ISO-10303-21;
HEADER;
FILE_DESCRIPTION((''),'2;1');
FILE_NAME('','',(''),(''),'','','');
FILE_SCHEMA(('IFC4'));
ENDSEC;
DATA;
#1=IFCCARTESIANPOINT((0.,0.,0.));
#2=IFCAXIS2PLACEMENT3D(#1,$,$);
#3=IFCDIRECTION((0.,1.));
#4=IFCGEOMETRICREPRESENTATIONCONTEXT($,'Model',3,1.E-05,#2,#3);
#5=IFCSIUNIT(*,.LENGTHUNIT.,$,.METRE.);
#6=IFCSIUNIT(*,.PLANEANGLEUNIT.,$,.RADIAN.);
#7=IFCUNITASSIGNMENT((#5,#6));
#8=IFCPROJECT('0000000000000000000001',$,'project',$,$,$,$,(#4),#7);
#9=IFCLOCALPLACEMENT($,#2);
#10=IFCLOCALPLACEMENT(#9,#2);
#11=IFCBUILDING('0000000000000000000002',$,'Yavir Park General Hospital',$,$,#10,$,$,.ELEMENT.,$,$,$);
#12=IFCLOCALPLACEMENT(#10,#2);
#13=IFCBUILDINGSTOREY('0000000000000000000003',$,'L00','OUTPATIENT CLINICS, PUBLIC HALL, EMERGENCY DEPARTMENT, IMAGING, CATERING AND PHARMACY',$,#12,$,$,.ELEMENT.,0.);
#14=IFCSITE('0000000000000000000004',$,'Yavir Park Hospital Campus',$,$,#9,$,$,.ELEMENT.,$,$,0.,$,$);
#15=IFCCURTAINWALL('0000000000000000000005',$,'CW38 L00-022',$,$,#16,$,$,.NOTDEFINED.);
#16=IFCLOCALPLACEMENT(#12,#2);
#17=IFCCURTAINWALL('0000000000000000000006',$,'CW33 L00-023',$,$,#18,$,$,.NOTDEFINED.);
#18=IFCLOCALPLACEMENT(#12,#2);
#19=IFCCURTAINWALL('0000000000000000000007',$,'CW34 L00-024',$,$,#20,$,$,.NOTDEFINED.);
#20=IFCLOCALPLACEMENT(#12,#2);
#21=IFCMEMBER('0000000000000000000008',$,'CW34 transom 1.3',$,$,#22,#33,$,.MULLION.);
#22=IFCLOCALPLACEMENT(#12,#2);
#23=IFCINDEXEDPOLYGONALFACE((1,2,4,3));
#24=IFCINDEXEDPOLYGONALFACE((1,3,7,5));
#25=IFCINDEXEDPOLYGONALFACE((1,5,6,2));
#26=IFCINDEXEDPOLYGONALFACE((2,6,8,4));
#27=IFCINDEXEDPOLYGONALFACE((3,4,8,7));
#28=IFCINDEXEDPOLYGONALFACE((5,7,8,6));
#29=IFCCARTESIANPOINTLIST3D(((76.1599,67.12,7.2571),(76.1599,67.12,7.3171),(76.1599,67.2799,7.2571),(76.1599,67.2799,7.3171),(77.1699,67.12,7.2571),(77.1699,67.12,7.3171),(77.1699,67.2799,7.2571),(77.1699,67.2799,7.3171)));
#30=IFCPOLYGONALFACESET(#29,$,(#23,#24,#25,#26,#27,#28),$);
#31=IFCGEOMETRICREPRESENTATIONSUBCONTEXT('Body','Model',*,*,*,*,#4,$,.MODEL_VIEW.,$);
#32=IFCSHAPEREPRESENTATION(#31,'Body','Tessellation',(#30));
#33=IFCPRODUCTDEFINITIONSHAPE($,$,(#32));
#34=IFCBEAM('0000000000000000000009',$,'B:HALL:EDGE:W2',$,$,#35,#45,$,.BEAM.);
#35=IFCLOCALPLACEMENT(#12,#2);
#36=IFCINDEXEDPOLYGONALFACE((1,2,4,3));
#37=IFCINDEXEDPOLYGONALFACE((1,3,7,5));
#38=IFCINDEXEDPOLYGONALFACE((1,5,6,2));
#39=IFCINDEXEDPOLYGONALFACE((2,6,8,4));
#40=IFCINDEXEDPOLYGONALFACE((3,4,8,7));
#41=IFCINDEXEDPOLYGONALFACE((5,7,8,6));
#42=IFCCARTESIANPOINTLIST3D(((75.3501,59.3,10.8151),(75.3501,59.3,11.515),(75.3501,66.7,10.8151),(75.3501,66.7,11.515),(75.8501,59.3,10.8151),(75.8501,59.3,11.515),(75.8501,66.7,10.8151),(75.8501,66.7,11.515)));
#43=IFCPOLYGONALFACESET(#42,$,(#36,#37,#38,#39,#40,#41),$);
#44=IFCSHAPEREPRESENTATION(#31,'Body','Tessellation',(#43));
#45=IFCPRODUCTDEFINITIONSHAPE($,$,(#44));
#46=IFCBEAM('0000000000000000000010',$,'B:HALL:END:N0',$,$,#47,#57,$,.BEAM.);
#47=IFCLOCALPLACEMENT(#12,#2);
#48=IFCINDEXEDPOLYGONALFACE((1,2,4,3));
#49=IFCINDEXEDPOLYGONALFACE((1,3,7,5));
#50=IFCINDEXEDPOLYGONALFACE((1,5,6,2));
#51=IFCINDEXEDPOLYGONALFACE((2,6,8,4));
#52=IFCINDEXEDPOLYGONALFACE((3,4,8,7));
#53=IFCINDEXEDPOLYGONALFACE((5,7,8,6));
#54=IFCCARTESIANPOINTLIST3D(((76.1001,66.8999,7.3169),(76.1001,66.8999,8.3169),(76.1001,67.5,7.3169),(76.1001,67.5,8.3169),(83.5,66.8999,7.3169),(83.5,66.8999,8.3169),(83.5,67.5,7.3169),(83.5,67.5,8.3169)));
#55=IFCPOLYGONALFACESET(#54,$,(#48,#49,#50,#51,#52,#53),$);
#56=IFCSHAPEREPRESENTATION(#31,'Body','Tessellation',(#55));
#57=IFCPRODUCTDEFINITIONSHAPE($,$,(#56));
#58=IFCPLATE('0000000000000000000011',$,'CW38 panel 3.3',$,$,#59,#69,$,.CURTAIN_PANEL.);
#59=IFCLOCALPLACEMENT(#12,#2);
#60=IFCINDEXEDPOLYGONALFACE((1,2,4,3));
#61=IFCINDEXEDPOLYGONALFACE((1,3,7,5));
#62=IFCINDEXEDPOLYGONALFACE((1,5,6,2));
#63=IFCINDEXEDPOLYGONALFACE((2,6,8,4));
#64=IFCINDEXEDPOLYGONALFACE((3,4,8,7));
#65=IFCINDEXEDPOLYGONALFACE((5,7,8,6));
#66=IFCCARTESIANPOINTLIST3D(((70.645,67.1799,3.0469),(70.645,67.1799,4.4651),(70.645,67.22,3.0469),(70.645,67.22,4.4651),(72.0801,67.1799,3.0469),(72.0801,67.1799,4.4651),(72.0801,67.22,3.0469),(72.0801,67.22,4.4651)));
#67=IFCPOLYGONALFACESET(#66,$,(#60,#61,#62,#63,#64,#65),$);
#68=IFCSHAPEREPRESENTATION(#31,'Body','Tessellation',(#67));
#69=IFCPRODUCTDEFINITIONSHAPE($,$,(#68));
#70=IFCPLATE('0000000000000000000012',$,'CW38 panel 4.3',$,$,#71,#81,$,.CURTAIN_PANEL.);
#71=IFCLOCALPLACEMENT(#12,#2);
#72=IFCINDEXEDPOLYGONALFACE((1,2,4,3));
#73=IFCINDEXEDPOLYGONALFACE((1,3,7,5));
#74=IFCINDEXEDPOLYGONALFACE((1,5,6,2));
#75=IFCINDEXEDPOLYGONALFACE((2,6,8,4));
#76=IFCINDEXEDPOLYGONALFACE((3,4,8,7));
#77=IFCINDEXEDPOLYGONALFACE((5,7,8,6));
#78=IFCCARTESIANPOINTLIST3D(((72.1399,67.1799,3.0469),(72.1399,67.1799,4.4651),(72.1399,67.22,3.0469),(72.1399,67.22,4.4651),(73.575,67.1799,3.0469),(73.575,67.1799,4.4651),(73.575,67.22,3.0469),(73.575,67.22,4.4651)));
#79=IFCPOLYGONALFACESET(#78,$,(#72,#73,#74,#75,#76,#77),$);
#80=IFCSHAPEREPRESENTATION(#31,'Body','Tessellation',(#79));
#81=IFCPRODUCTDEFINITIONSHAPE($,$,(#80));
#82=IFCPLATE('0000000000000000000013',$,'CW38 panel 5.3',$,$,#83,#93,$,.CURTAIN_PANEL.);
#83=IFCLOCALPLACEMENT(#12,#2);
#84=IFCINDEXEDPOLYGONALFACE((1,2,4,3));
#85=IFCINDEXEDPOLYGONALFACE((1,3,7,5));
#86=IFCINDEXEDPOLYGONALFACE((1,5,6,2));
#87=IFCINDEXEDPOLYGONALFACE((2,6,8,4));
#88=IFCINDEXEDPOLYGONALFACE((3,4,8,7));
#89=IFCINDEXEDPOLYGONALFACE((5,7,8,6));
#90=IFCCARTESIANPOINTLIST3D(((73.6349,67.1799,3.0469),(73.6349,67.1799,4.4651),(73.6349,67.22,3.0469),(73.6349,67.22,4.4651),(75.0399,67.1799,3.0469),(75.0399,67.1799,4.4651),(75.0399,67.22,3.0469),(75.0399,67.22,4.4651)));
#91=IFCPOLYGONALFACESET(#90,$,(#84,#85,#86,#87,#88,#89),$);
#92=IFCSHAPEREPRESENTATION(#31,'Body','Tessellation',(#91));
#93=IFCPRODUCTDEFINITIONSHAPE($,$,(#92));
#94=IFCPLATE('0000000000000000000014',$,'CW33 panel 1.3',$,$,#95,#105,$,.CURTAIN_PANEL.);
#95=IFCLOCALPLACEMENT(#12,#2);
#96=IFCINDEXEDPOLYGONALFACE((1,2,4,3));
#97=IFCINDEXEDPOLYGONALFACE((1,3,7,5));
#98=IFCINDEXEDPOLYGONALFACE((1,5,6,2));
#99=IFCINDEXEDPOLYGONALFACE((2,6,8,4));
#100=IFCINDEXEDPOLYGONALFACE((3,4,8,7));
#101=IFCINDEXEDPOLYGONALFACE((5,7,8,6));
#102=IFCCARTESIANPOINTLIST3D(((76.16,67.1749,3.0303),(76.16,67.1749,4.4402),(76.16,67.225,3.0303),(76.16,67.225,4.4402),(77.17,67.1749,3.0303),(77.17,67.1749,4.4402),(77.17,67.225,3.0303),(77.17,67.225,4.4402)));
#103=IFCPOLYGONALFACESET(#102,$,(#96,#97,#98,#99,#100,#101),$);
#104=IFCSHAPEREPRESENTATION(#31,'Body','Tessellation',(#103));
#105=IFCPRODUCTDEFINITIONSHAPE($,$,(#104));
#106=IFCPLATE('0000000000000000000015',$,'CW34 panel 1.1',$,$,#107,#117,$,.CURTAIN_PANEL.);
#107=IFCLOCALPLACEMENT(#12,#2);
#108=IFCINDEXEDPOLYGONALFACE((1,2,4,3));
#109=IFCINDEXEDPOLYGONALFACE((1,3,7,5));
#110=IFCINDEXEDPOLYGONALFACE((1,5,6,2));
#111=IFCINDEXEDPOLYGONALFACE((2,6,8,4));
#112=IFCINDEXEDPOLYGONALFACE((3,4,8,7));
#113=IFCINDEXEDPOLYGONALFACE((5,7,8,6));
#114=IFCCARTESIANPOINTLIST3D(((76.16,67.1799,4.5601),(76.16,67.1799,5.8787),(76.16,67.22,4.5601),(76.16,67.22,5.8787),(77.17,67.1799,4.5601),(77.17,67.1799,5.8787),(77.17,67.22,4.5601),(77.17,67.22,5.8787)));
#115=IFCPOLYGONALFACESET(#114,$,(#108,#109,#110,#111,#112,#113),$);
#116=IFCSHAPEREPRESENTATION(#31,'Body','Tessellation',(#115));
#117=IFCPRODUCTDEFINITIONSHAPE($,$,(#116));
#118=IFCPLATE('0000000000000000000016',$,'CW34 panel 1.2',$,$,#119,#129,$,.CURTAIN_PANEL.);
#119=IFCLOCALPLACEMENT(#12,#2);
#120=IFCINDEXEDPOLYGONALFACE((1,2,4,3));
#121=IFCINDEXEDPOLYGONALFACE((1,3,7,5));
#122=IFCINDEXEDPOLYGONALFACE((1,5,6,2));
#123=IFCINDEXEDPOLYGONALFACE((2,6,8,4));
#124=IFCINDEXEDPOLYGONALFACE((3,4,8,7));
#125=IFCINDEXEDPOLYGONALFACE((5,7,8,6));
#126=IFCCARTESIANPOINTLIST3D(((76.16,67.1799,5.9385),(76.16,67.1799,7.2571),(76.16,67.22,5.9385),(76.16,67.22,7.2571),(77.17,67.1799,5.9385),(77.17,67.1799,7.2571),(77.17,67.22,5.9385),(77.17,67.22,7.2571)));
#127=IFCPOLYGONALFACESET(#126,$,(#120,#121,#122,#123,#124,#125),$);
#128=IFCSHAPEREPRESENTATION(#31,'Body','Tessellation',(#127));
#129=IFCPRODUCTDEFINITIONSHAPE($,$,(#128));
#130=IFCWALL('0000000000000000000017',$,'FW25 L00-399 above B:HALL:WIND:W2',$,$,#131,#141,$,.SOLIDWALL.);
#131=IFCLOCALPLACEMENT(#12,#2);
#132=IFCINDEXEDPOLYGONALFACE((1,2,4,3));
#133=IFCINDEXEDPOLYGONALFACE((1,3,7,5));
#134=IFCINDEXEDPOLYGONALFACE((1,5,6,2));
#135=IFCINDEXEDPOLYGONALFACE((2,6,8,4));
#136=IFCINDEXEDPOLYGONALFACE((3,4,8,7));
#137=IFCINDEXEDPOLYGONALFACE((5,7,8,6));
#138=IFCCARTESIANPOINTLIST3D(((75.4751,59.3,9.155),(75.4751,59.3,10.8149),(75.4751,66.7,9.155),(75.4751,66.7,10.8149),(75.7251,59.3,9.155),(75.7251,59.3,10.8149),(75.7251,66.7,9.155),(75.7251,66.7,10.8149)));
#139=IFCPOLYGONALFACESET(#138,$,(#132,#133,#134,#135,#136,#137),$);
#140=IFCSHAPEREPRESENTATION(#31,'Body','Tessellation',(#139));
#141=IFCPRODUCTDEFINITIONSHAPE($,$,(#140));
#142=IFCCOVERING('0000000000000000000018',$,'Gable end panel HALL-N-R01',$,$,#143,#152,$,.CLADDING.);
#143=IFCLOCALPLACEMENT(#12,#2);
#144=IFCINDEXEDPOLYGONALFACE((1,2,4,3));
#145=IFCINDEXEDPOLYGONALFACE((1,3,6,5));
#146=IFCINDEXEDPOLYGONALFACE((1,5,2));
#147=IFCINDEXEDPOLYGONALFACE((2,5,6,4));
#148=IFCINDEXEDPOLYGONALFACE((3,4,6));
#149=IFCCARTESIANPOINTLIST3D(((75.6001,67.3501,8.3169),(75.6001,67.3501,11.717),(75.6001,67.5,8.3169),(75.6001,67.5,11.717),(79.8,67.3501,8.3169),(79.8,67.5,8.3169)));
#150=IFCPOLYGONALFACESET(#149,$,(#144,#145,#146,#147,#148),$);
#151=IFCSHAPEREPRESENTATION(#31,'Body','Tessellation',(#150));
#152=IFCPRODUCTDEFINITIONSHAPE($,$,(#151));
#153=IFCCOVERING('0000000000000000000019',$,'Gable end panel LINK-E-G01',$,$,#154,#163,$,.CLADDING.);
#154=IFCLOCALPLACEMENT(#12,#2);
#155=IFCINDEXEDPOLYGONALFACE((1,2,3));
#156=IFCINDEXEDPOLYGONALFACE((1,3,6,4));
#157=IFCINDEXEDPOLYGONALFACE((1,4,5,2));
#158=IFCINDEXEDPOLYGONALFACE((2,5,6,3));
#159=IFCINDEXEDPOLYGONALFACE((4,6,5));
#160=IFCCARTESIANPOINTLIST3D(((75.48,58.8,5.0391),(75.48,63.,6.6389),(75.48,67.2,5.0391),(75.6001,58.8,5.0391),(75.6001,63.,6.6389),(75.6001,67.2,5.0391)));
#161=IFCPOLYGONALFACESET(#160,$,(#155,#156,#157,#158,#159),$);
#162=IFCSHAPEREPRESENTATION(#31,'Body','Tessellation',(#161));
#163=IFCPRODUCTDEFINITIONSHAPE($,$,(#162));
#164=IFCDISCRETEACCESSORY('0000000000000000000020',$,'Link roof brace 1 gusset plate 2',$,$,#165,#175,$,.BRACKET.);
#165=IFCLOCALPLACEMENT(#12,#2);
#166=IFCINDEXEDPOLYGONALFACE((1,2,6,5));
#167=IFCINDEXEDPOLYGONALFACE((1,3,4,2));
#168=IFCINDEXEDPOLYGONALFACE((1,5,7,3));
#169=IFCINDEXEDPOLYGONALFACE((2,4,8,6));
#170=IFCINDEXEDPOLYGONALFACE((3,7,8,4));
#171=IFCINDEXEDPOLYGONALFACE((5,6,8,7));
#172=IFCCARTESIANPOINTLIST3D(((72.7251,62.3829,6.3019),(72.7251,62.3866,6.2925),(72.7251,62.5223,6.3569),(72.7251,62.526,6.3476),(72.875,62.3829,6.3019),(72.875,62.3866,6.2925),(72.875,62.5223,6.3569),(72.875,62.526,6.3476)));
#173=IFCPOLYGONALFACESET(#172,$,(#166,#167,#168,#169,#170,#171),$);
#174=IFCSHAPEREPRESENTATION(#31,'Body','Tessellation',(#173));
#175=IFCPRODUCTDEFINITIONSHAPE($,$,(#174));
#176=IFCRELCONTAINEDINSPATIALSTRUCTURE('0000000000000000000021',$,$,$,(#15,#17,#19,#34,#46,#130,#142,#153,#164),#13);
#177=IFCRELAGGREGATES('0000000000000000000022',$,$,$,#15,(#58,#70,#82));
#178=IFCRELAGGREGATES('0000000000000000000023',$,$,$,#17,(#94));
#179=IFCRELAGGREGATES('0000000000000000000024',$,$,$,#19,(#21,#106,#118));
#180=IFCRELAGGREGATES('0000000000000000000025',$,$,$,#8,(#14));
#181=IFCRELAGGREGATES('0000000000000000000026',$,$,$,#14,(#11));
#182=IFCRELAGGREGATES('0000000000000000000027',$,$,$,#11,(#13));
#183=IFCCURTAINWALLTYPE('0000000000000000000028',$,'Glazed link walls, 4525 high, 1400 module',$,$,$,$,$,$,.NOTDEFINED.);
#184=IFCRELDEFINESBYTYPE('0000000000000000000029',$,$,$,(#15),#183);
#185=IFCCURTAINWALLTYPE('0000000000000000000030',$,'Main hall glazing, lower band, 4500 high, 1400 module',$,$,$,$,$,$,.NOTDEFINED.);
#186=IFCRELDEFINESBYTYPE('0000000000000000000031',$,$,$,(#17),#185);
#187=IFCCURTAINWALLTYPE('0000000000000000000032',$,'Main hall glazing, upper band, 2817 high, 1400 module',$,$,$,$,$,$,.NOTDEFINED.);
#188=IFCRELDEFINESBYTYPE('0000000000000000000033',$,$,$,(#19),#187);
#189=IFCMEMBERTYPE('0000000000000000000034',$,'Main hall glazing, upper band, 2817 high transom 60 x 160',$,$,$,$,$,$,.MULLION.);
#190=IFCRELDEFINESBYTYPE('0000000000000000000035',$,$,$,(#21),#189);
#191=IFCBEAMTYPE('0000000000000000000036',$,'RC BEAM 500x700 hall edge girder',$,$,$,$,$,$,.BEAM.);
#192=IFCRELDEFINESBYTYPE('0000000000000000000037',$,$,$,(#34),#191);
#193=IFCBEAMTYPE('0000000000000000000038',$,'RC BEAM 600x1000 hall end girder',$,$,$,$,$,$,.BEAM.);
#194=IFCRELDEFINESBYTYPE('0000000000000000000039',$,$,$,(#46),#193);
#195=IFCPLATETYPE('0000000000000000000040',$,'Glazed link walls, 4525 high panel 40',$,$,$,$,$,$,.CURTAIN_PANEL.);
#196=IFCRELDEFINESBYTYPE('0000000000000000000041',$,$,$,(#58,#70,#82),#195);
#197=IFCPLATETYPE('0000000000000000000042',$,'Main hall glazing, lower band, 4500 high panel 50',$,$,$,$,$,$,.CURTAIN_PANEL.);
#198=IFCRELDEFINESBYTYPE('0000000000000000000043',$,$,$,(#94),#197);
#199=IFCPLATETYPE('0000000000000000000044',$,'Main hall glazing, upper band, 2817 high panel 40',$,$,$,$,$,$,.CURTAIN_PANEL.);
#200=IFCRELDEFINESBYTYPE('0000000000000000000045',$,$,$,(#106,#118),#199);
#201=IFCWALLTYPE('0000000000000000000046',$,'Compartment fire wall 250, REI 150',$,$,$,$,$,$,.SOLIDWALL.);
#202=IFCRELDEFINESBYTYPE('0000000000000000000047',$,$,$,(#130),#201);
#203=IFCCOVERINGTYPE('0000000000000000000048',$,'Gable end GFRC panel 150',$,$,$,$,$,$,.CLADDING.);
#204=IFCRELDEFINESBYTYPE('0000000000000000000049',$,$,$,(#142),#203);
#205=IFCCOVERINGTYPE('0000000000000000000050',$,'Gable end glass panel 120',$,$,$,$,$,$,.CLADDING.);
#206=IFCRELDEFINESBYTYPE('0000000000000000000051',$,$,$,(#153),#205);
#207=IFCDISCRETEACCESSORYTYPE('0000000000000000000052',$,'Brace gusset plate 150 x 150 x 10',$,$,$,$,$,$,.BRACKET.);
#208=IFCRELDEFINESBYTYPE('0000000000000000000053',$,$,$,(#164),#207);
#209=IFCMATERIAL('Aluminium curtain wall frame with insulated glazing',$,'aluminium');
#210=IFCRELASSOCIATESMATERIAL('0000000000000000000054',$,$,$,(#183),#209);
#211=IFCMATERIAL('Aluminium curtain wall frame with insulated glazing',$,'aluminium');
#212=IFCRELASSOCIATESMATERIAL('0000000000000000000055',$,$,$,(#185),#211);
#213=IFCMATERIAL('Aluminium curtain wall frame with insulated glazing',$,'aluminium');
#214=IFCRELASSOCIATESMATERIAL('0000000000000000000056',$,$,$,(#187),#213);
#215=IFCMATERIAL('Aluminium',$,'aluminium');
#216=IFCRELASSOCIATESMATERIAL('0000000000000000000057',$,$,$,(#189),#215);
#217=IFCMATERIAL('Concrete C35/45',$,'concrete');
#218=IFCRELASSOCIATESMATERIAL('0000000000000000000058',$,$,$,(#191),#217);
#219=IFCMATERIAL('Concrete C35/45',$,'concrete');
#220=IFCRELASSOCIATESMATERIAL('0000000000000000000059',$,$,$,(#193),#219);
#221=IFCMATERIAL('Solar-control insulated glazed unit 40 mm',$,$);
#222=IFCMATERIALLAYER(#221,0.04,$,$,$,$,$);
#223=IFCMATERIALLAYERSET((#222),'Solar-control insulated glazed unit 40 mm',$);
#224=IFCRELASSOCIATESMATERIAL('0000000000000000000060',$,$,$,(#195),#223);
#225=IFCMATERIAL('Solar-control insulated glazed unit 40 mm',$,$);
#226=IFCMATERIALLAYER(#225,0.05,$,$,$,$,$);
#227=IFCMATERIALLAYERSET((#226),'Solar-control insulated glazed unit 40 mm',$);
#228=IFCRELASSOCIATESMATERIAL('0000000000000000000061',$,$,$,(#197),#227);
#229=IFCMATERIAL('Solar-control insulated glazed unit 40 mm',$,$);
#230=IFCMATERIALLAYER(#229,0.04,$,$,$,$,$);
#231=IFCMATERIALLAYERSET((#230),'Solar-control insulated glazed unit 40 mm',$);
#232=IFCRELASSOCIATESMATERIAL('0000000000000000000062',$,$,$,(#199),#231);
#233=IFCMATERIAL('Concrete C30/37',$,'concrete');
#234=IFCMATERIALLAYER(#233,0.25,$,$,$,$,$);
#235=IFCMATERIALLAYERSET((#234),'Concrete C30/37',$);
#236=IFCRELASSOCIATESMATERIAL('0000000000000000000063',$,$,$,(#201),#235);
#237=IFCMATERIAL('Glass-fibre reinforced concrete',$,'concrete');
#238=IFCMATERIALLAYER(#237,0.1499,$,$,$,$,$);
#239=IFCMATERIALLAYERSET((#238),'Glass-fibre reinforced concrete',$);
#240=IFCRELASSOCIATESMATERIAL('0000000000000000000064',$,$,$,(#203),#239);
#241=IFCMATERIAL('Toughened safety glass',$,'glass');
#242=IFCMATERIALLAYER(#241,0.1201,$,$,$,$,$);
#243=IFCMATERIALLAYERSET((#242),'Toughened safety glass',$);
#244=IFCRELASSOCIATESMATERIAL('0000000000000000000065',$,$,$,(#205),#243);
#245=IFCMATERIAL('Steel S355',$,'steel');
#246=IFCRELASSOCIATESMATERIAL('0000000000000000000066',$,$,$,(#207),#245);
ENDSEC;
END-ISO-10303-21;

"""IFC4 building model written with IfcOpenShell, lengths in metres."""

from ifc_helpers import new_model, si_unit, direction, frame, frame_2d, origin, origin_2d, place, context, subcontext, project, spatial, polyline, rectangle, outline, extrude, material, layer, layer_set, material_profile, profile_set, type_object, element, aggregate, save


model = new_model("IFC4")

# Units and contexts
model_context = context("Model", 3, precision=1e-05, world=origin(), true_north=direction((0.0, 1.0)))
body_context = subcontext(model_context, "Body", "Model", "MODEL_VIEW")
ifc_project = project(units=[si_unit("LENGTHUNIT", "METRE"), si_unit("PLANEANGLEUNIT", "RADIAN")], contexts=[model_context])

# Site, building, storey
site_placement = place(None, origin())
site = spatial("IfcSite", under=ifc_project, at=site_placement, Name="Yavir Park Hospital Campus", CompositionType="ELEMENT", RefElevation=0.0)
building_placement = place(site_placement, origin())
building = spatial("IfcBuilding", under=site, at=building_placement, Name="Yavir Park General Hospital", CompositionType="ELEMENT")
storey_placement = place(building_placement, origin())
storey = spatial("IfcBuildingStorey", under=building, at=storey_placement, Name="L00", Description="OUTPATIENT CLINICS, PUBLIC HALL, EMERGENCY DEPARTMENT, IMAGING, CATERING AND PHARMACY", CompositionType="ELEMENT", Elevation=0.0)

# Shared definitions
ifc_material_1 = material(Name="Aluminium curtain wall frame with insulated glazing", Category="aluminium")
curtain_wall_type_1 = type_object("IfcCurtainWallType", Name="Glazed link walls, 4525 high, 1400 module", PredefinedType="NOTDEFINED", material=ifc_material_1)

# Curtain wall
curtain_wall_1_placement = place(storey_placement, origin())
curtain_wall_1 = element("IfcCurtainWall", 1, at=curtain_wall_1_placement, inside=storey, type_object=curtain_wall_type_1, Name="CW38 L00-022", PredefinedType="NOTDEFINED")

# Curtain walls, member
ifc_material_2 = material(Name="Aluminium curtain wall frame with insulated glazing", Category="aluminium")
curtain_wall_type_2 = type_object("IfcCurtainWallType", Name="Main hall glazing, lower band, 4500 high, 1400 module", PredefinedType="NOTDEFINED", material=ifc_material_2)
curtain_wall_2_placement = place(storey_placement, origin())
curtain_wall_2 = element("IfcCurtainWall", 2, at=curtain_wall_2_placement, inside=storey, type_object=curtain_wall_type_2, Name="CW33 L00-023", PredefinedType="NOTDEFINED")
ifc_material_3 = material(Name="Aluminium curtain wall frame with insulated glazing", Category="aluminium")
curtain_wall_type_3 = type_object("IfcCurtainWallType", Name="Main hall glazing, upper band, 2817 high, 1400 module", PredefinedType="NOTDEFINED", material=ifc_material_3)
curtain_wall_3_placement = place(storey_placement, origin())
curtain_wall_3 = element("IfcCurtainWall", 3, at=curtain_wall_3_placement, inside=storey, type_object=curtain_wall_type_3, Name="CW34 L00-024", PredefinedType="NOTDEFINED")
ifc_material_4 = material(Name="Aluminium", Category="aluminium")
ifc_material_profile_1 = material_profile(ifc_material_4, rectangle(XDim=0.1599, YDim=0.0601, at=origin_2d()), Name="AL 160x60")
ifc_profile_set_1 = profile_set([ifc_material_profile_1], Name="Aluminium")
member_type_1 = type_object("IfcMemberType", Name="Main hall glazing, upper band, 2817 high transom 60 x 160", PredefinedType="MULLION", material=ifc_profile_set_1)
member_1_placement = place(storey_placement, frame((76.1599, 67.2, 7.2871), z_axis=(1.0, 0.0, 0.0), x_axis=(0.0, 1.0, 0.0)))
member_1 = element("IfcMember", 4, at=member_1_placement, type_object=member_type_1, Name="CW34 transom 1.3", PredefinedType="MULLION", context=body_context, shape_type="SweptSolid", body=[
    extrude(rectangle(XDim=0.1599, YDim=0.0601, at=origin_2d()), origin(), (0.0, 0.0, 1.0), 1.01),
])

# Beams
ifc_material_5 = material(Name="Concrete C35/45", Category="concrete")
ifc_material_profile_2 = material_profile(ifc_material_5, rectangle(XDim=0.5, YDim=0.7, at=origin_2d()), Name="RC500x700")
ifc_profile_set_2 = profile_set([ifc_material_profile_2], Name="Concrete C35/45")
beam_type_1 = type_object("IfcBeamType", Name="RC BEAM 500x700 hall edge girder", PredefinedType="BEAM", material=ifc_profile_set_2)
beam_1_placement = place(storey_placement, frame((75.6001, 59.3, 11.165), z_axis=(0.0, 1.0, 0.0), x_axis=(-1.0, 0.0, 0.0)))
element("IfcBeam", 5, at=beam_1_placement, inside=storey, type_object=beam_type_1, Name="B:HALL:EDGE:W2", PredefinedType="BEAM", context=body_context, shape_type="SweptSolid", body=[
    extrude(rectangle(XDim=0.5, YDim=0.7, at=origin_2d()), origin(), (0.0, 0.0, 1.0), 7.3999),
])
ifc_material_6 = material(Name="Concrete C35/45", Category="concrete")
ifc_material_profile_3 = material_profile(ifc_material_6, rectangle(XDim=0.6001, YDim=1.0, at=origin_2d()), Name="RC600x1000")
ifc_profile_set_3 = profile_set([ifc_material_profile_3], Name="Concrete C35/45")
beam_type_2 = type_object("IfcBeamType", Name="RC BEAM 600x1000 hall end girder", PredefinedType="BEAM", material=ifc_profile_set_3)
beam_2_placement = place(storey_placement, frame((76.1001, 67.2, 7.8169), z_axis=(1.0, 0.0, 0.0), x_axis=(0.0, 1.0, 0.0)))
element("IfcBeam", 6, at=beam_2_placement, inside=storey, type_object=beam_type_2, Name="B:HALL:END:N0", PredefinedType="BEAM", context=body_context, shape_type="SweptSolid", body=[
    extrude(rectangle(XDim=0.6001, YDim=1.0, at=origin_2d()), origin(), (0.0, 0.0, 1.0), 7.3999),
])

# Plates
ifc_material_7 = material(Name="Solar-control insulated glazed unit 40 mm")
ifc_layer_1 = layer(ifc_material_7, 0.04)
ifc_layer_set_1 = layer_set([ifc_layer_1], Name="Solar-control insulated glazed unit 40 mm")
plate_type_1 = type_object("IfcPlateType", Name="Glazed link walls, 4525 high panel 40", PredefinedType="CURTAIN_PANEL", material=ifc_layer_set_1)
plate_1_placement = place(storey_placement, frame((71.3625, 67.2, 3.0469), z_axis=(0.0, 0.0, 1.0), x_axis=(1.0, 0.0, 0.0)))
plate_1 = element("IfcPlate", 7, at=plate_1_placement, type_object=plate_type_1, Name="CW38 panel 3.3", PredefinedType="CURTAIN_PANEL", context=body_context, shape_type="SweptSolid", body=[
    extrude(rectangle(XDim=1.4351, YDim=0.04, at=origin_2d()), origin(), (0.0, 0.0, 1.0), 1.4182),
])
plate_2_placement = place(storey_placement, frame((72.8574, 67.2, 3.0469), z_axis=(0.0, 0.0, 1.0), x_axis=(1.0, 0.0, 0.0)))
plate_2 = element("IfcPlate", 8, at=plate_2_placement, type_object=plate_type_1, Name="CW38 panel 4.3", PredefinedType="CURTAIN_PANEL", context=body_context, shape_type="SweptSolid", body=[
    extrude(rectangle(XDim=1.4351, YDim=0.04, at=origin_2d()), origin(), (0.0, 0.0, 1.0), 1.4182),
])
plate_3_placement = place(storey_placement, frame((74.3374, 67.2, 3.0469), z_axis=(0.0, 0.0, 1.0), x_axis=(1.0, 0.0, 0.0)))
plate_3 = element("IfcPlate", 9, at=plate_3_placement, type_object=plate_type_1, Name="CW38 panel 5.3", PredefinedType="CURTAIN_PANEL", context=body_context, shape_type="SweptSolid", body=[
    extrude(rectangle(XDim=1.405, YDim=0.04, at=origin_2d()), origin(), (0.0, 0.0, 1.0), 1.4182),
])
aggregate(curtain_wall_1, [plate_1, plate_2, plate_3])
ifc_material_8 = material(Name="Solar-control insulated glazed unit 40 mm")
ifc_layer_2 = layer(ifc_material_8, 0.05)
ifc_layer_set_2 = layer_set([ifc_layer_2], Name="Solar-control insulated glazed unit 40 mm")
plate_type_2 = type_object("IfcPlateType", Name="Main hall glazing, lower band, 4500 high panel 50", PredefinedType="CURTAIN_PANEL", material=ifc_layer_set_2)
plate_4_placement = place(storey_placement, frame((76.665, 67.2, 3.0303), z_axis=(0.0, 0.0, 1.0), x_axis=(1.0, 0.0, 0.0)))
plate_4 = element("IfcPlate", 10, at=plate_4_placement, type_object=plate_type_2, Name="CW33 panel 1.3", PredefinedType="CURTAIN_PANEL", context=body_context, shape_type="SweptSolid", body=[
    extrude(rectangle(XDim=1.01, YDim=0.05, at=origin_2d()), origin(), (0.0, 0.0, 1.0), 1.4099),
])
aggregate(curtain_wall_2, [plate_4])
ifc_material_9 = material(Name="Solar-control insulated glazed unit 40 mm")
ifc_layer_3 = layer(ifc_material_9, 0.04)
ifc_layer_set_3 = layer_set([ifc_layer_3], Name="Solar-control insulated glazed unit 40 mm")
plate_type_3 = type_object("IfcPlateType", Name="Main hall glazing, upper band, 2817 high panel 40", PredefinedType="CURTAIN_PANEL", material=ifc_layer_set_3)
plate_5_placement = place(storey_placement, frame((76.665, 67.2, 4.5601), z_axis=(0.0, 0.0, 1.0), x_axis=(1.0, 0.0, 0.0)))
plate_5 = element("IfcPlate", 11, at=plate_5_placement, type_object=plate_type_3, Name="CW34 panel 1.1", PredefinedType="CURTAIN_PANEL", context=body_context, shape_type="SweptSolid", body=[
    extrude(rectangle(XDim=1.01, YDim=0.04, at=origin_2d()), origin(), (0.0, 0.0, 1.0), 1.3186),
])
plate_6_placement = place(storey_placement, frame((76.665, 67.2, 5.9385), z_axis=(0.0, 0.0, 1.0), x_axis=(1.0, 0.0, 0.0)))
plate_6 = element("IfcPlate", 12, at=plate_6_placement, type_object=plate_type_3, Name="CW34 panel 1.2", PredefinedType="CURTAIN_PANEL", context=body_context, shape_type="SweptSolid", body=[
    extrude(rectangle(XDim=1.01, YDim=0.04, at=origin_2d()), origin(), (0.0, 0.0, 1.0), 1.3186),
])
aggregate(curtain_wall_3, [member_1, plate_5, plate_6])

# Wall
ifc_material_10 = material(Name="Concrete C30/37", Category="concrete")
ifc_layer_4 = layer(ifc_material_10, 0.25)
ifc_layer_set_4 = layer_set([ifc_layer_4], Name="Concrete C30/37")
wall_type = type_object("IfcWallType", Name="Compartment fire wall 250, REI 150", PredefinedType="SOLIDWALL", material=ifc_layer_set_4)
wall_placement = place(storey_placement, frame((75.6001, 59.3, 9.155), z_axis=(0.0, 0.0, 1.0), x_axis=(0.0, 1.0, 0.0)))
element("IfcWall", 13, at=wall_placement, inside=storey, type_object=wall_type, Name="FW25 L00-399 above B:HALL:WIND:W2", PredefinedType="SOLIDWALL", context=body_context, shape_type="SweptSolid", body=[
    extrude(rectangle(XDim=7.3999, YDim=0.25, at=frame_2d((3.7, 0.0))), origin(), (0.0, 0.0, 1.0), 1.6599),
])

# Coverings
ifc_material_11 = material(Name="Glass-fibre reinforced concrete", Category="concrete")
ifc_layer_5 = layer(ifc_material_11, 0.1499)
ifc_layer_set_5 = layer_set([ifc_layer_5], Name="Glass-fibre reinforced concrete")
covering_type_1 = type_object("IfcCoveringType", Name="Gable end GFRC panel 150", PredefinedType="CLADDING", material=ifc_layer_set_5)
covering_1_placement = place(storey_placement, frame((75.6001, 67.5, 8.3169), z_axis=(0.0, 1.0, 0.0), x_axis=(1.0, 0.0, 0.0)))
element("IfcCovering", 14, at=covering_1_placement, inside=storey, type_object=covering_type_1, Name="Gable end panel HALL-N-R01", PredefinedType="CLADDING", context=body_context, shape_type="SweptSolid", body=[
    extrude(outline(polyline([(0.0, 0.0), (4.2, 0.0), (0.0, -3.4001), (0.0, 0.0)])), origin(), (0.0, 0.0, -1.0), 0.1499),
])
ifc_material_12 = material(Name="Toughened safety glass", Category="glass")
ifc_layer_6 = layer(ifc_material_12, 0.1201)
ifc_layer_set_6 = layer_set([ifc_layer_6], Name="Toughened safety glass")
covering_type_2 = type_object("IfcCoveringType", Name="Gable end glass panel 120", PredefinedType="CLADDING", material=ifc_layer_set_6)
covering_2_placement = place(storey_placement, frame((75.6001, 58.8, 5.0391), z_axis=(1.0, 0.0, 0.0), x_axis=(0.0, 1.0, 0.0)))
element("IfcCovering", 15, at=covering_2_placement, inside=storey, type_object=covering_type_2, Name="Gable end panel LINK-E-G01", PredefinedType="CLADDING", context=body_context, shape_type="SweptSolid", body=[
    extrude(outline(polyline([(0.0, 0.0), (8.3999, 0.0), (4.2, 1.5999), (0.0, 0.0)])), origin(), (0.0, 0.0, -1.0), 0.1201),
])

# Discrete accessory
ifc_material_13 = material(Name="Steel S355", Category="steel")
ifc_material_profile_4 = material_profile(ifc_material_13, rectangle(XDim=0.1499, YDim=0.1499, at=origin_2d()), Name="PL150x150")
ifc_profile_set_4 = profile_set([ifc_material_profile_4], Name="Steel S355")
discrete_accessory_type = type_object("IfcDiscreteAccessoryType", Name="Brace gusset plate 150 x 150 x 10", PredefinedType="BRACKET", material=ifc_profile_set_4)
for number, where, z_axis, x_axis, name in (
    (16, (72.8, 62.4563, 6.3201), (0.0, -0.367167, 0.930155), (1.0, 0.0, 0.0), "Link roof brace 1 gusset plate 2"),
):
    element("IfcDiscreteAccessory", number, at=place(storey_placement, frame(where, z_axis=z_axis, x_axis=x_axis)), inside=storey, type_object=discrete_accessory_type, Name=name, PredefinedType="BRACKET", context=body_context, shape_type="SweptSolid", body=[
        extrude(rectangle(XDim=0.1499, YDim=0.1499, at=origin_2d()), origin(), (0.0, 0.0, 1.0), 0.01),
    ])

save(model, "model.ifc")
